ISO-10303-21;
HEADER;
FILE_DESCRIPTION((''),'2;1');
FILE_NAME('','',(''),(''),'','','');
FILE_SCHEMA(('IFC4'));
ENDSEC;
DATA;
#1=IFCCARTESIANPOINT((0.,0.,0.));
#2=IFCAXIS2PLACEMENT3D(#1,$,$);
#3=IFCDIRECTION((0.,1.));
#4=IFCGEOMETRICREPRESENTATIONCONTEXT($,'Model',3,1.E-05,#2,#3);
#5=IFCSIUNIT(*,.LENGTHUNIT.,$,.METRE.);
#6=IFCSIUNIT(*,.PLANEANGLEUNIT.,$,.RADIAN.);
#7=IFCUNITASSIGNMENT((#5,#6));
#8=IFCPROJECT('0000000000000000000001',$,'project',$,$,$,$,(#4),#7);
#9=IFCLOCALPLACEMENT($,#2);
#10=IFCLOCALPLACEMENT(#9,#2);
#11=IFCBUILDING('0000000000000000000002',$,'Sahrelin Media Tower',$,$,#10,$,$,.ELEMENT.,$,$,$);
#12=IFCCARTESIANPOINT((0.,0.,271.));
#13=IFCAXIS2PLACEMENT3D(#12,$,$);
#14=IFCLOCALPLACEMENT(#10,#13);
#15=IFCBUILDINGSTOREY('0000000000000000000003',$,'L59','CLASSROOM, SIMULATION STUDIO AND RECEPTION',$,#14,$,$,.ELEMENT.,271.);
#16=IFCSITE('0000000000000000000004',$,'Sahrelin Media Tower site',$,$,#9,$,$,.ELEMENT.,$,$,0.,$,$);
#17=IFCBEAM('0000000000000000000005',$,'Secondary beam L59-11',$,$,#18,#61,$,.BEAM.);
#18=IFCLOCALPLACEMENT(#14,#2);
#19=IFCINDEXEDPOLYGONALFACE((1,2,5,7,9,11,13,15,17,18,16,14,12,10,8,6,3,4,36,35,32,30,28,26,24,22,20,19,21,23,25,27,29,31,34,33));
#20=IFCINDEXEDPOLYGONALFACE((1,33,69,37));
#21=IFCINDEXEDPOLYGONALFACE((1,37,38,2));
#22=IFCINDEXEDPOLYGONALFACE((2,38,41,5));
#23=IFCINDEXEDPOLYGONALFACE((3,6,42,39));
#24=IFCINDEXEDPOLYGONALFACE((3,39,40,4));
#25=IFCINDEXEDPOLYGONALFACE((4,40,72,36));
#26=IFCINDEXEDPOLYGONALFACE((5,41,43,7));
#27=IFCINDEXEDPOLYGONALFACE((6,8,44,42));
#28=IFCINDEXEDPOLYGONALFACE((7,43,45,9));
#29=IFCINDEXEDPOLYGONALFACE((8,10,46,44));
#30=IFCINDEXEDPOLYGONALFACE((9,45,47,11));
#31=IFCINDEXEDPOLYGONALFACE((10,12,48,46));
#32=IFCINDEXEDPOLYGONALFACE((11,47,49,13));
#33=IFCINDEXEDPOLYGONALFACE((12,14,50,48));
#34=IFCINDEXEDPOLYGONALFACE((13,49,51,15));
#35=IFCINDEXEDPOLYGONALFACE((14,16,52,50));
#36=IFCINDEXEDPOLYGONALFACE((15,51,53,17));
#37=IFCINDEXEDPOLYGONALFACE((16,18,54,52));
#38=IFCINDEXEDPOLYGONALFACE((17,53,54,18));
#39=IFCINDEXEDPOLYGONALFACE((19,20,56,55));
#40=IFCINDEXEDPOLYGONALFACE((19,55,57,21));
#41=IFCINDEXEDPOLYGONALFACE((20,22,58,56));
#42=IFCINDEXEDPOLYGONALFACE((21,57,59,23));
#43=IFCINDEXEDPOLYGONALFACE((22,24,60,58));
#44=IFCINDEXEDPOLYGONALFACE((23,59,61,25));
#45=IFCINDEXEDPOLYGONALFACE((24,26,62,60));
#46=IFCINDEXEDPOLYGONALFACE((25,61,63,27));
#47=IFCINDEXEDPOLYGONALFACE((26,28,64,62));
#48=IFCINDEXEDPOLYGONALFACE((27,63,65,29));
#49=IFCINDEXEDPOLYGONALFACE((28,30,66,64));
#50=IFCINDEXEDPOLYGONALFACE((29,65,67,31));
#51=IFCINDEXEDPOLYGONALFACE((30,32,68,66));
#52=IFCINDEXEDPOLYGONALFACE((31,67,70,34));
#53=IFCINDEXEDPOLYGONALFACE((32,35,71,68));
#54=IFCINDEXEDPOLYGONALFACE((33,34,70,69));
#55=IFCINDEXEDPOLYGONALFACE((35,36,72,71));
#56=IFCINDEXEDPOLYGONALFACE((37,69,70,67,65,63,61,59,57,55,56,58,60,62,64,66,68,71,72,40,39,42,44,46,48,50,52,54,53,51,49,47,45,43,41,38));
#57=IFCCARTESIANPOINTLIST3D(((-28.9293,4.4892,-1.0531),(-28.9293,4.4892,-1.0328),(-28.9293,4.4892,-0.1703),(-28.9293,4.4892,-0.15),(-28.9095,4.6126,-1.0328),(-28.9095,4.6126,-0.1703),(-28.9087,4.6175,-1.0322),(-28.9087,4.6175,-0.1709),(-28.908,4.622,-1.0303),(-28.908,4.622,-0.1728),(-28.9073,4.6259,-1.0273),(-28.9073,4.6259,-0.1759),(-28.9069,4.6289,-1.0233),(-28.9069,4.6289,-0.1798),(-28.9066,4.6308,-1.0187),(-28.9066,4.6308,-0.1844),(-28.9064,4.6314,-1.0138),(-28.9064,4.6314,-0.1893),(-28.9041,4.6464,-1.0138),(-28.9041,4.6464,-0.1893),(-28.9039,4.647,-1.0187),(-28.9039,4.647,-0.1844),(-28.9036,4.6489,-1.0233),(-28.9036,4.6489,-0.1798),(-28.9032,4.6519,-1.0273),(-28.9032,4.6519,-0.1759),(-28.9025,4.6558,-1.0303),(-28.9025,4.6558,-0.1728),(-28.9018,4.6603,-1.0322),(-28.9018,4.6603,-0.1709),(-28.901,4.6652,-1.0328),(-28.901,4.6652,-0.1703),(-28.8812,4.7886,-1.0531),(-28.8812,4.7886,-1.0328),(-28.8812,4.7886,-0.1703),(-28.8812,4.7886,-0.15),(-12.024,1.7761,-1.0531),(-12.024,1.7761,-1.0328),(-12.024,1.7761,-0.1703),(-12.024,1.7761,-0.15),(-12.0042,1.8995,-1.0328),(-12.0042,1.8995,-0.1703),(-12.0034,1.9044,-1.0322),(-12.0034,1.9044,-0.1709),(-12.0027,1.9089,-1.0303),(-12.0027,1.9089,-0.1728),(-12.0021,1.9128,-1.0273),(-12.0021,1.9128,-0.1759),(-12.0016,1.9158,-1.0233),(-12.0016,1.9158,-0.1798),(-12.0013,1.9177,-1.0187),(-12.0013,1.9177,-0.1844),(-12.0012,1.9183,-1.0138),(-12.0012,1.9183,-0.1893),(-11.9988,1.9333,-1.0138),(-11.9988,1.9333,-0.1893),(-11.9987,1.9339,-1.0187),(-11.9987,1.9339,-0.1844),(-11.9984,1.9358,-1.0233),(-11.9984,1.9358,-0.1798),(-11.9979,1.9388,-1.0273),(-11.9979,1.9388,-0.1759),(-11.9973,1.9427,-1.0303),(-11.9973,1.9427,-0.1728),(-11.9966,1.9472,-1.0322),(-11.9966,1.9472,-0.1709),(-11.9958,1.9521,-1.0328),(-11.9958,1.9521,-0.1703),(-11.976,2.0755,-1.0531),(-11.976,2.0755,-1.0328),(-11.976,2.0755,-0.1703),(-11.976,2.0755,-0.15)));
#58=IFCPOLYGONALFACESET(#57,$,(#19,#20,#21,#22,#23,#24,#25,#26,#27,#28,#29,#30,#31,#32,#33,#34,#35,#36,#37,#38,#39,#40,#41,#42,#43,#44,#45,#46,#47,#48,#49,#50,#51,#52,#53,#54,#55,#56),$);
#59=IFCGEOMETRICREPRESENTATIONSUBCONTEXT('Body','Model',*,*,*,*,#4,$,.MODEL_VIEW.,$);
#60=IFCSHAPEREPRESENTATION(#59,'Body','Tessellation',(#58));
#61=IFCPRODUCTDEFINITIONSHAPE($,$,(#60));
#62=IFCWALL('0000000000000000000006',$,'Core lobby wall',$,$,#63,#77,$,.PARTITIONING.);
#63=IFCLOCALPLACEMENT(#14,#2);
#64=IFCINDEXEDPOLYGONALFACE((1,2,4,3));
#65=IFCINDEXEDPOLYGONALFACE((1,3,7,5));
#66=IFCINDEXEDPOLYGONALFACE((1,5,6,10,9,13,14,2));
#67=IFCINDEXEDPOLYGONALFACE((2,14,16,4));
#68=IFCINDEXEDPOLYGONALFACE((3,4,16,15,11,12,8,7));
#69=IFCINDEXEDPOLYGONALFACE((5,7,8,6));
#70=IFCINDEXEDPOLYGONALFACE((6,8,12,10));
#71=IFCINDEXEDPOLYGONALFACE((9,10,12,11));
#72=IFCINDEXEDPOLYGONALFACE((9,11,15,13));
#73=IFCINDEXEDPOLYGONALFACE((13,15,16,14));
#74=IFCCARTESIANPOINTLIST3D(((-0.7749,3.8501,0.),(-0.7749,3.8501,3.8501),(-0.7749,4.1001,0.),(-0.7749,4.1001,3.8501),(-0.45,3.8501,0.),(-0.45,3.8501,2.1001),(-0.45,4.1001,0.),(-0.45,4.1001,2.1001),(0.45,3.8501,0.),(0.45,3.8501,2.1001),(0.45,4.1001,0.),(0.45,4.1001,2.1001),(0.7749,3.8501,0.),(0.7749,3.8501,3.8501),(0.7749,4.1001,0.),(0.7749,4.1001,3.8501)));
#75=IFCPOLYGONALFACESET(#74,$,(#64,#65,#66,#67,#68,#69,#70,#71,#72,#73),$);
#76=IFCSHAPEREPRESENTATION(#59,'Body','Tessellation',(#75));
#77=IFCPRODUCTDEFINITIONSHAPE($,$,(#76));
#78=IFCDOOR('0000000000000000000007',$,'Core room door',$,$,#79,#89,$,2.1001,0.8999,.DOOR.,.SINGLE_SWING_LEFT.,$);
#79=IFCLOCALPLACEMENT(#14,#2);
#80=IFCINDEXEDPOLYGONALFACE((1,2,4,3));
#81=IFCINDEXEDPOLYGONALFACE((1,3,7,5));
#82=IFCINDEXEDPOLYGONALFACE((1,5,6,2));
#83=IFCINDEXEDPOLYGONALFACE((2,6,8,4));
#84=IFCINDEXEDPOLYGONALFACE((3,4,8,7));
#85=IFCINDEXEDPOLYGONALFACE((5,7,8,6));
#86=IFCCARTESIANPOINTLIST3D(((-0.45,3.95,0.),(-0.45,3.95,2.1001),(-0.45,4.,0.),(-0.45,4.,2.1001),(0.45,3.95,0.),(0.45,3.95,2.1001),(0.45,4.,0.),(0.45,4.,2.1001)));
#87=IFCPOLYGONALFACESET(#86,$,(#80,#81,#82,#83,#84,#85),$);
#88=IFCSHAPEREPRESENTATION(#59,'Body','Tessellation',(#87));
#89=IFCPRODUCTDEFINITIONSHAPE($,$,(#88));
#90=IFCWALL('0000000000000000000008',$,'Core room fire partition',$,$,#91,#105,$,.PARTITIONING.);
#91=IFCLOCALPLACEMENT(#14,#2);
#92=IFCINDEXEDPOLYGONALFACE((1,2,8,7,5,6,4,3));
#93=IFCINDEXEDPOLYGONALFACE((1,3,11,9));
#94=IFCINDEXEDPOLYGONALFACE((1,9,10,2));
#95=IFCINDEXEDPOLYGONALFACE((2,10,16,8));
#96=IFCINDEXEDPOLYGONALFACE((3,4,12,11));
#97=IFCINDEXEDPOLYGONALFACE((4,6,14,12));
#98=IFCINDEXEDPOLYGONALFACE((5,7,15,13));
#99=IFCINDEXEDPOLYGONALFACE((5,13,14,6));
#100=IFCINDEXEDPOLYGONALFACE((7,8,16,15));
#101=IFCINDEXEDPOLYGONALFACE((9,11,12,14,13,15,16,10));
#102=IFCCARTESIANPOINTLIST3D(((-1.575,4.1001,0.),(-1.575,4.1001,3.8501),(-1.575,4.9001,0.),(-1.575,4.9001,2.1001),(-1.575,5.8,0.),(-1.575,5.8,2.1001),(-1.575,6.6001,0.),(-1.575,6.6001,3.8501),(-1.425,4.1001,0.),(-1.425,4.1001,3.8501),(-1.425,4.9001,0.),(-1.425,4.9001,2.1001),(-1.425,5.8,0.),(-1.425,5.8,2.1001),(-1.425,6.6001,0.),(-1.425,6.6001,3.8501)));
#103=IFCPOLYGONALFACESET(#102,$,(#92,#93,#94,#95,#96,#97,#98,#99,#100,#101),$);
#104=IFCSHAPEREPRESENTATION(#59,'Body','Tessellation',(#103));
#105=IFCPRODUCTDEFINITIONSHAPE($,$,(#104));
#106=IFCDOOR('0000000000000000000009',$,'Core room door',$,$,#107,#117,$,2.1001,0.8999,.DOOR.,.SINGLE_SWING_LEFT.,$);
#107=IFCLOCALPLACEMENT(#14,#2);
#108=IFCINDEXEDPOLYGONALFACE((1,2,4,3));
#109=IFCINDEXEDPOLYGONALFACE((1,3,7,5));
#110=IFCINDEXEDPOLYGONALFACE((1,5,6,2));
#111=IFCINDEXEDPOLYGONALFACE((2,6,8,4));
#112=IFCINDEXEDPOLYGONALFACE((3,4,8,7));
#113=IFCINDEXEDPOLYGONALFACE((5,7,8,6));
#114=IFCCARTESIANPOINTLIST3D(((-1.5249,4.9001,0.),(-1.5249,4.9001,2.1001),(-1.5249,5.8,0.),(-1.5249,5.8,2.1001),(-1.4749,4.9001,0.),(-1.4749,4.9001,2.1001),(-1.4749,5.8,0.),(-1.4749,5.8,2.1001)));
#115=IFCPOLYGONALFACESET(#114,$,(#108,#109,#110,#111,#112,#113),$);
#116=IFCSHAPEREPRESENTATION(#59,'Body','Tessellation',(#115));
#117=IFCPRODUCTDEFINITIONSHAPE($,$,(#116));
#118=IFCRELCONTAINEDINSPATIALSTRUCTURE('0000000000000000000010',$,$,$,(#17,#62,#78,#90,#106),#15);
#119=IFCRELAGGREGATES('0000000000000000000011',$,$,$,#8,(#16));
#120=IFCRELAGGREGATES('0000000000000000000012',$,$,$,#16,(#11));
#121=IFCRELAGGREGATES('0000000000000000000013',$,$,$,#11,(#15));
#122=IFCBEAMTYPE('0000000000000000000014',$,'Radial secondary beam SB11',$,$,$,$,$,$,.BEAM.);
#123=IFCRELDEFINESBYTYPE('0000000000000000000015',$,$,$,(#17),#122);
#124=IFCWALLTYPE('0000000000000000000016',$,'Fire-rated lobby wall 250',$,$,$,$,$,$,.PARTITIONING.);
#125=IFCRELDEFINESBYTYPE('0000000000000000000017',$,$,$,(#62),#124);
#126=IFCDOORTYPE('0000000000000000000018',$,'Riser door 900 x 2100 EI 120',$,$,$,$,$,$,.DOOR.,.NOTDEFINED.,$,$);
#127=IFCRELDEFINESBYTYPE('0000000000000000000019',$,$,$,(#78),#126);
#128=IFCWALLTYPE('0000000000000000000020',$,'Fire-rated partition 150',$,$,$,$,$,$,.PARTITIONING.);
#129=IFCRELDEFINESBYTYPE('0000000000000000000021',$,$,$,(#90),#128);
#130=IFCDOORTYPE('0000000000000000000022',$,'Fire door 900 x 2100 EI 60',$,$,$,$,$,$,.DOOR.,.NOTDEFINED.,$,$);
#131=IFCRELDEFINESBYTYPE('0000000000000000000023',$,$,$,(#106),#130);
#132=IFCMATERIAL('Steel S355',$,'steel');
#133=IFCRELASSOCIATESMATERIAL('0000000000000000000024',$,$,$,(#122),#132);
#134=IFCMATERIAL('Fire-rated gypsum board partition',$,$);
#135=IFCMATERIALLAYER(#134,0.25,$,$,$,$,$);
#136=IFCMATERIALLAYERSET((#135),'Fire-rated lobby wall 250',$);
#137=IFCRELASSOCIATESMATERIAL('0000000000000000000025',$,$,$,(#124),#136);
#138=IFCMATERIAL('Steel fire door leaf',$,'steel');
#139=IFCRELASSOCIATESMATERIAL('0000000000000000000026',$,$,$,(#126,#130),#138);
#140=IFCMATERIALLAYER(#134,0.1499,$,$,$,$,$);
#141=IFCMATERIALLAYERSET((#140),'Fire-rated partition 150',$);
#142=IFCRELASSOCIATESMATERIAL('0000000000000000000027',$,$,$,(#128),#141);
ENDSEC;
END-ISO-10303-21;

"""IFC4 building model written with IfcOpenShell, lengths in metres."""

from ifc_helpers import new_model, si_unit, direction, frame, frame_2d, origin, origin_2d, place, context, subcontext, project, spatial, rectangle, i_section, extrude, material, layer, layer_set, material_profile, profile_set, type_object, element, fill, save


model = new_model("IFC4")

# Units and contexts
model_context = context("Model", 3, precision=1e-05, world=origin(), true_north=direction((0.0, 1.0)))
body_context = subcontext(model_context, "Body", "Model", "MODEL_VIEW")
ifc_project = project(units=[si_unit("LENGTHUNIT", "METRE"), si_unit("PLANEANGLEUNIT", "RADIAN")], contexts=[model_context])

# Site, building, storey
site_placement = place(None, origin())
site = spatial("IfcSite", under=ifc_project, at=site_placement, Name="Sahrelin Media Tower site", CompositionType="ELEMENT", RefElevation=0.0)
building_placement = place(site_placement, origin())
building = spatial("IfcBuilding", under=site, at=building_placement, Name="Sahrelin Media Tower", CompositionType="ELEMENT")
storey_placement = place(building_placement, frame((0.0, 0.0, 271.0)))
storey = spatial("IfcBuildingStorey", under=building, at=storey_placement, Name="L59", Description="CLASSROOM, SIMULATION STUDIO AND RECEPTION", CompositionType="ELEMENT", Elevation=271.0)

# Beam
ifc_material_1 = material(Name="Steel S355", Category="steel")
ifc_material_profile_1 = material_profile(ifc_material_1, i_section(OverallWidth=0.3032, OverallDepth=0.9031, WebThickness=0.0151, FlangeThickness=0.0203, FilletRadius=0.019, at=origin_2d()), Name="UB 914x305x201")
ifc_profile_set_1 = profile_set([ifc_material_profile_1], Name="Steel S355")
beam_type_1 = type_object("IfcBeamType", Name="Radial secondary beam SB11", PredefinedType="BEAM", material=ifc_profile_set_1)
beam_1_placement = place(storey_placement, frame((-12.0, 1.9258, -0.6016), z_axis=(-0.987365, 0.158463, 0.0), x_axis=(-0.158463, -0.987365, 0.0)))
element("IfcBeam", 1, at=beam_1_placement, inside=storey, type_object=beam_type_1, Name="Secondary beam L59-11", PredefinedType="BEAM", context=body_context, shape_type="SweptSolid", body=[
    extrude(i_section(OverallWidth=0.3032, OverallDepth=0.9031, WebThickness=0.0151, FlangeThickness=0.0203, FilletRadius=0.019, at=origin_2d()), origin(), (0.0, 0.0, 1.0), 17.1216),
])

# Walls, openings, doors
ifc_material_2 = material(Name="Fire-rated gypsum board partition")
ifc_layer_1 = layer(ifc_material_2, 0.25)
ifc_layer_set_1 = layer_set([ifc_layer_1], Name="Fire-rated lobby wall 250")
wall_type_1 = type_object("IfcWallType", Name="Fire-rated lobby wall 250", PredefinedType="PARTITIONING", material=ifc_layer_set_1)
wall_1_placement = place(storey_placement, frame((-0.7749, 3.9751, 0.0), z_axis=(0.0, 0.0, 1.0), x_axis=(1.0, 0.0, 0.0)))
wall_1 = element("IfcWall", 2, at=wall_1_placement, inside=storey, type_object=wall_type_1, Name="Core lobby wall", PredefinedType="PARTITIONING", context=body_context, shape_type="SweptSolid", body=[
    extrude(rectangle(XDim=1.5498, YDim=0.25, at=frame_2d((0.7749, 0.0))), origin(), (0.0, 0.0, 1.0), 3.8501),
])
opening_1_placement = place(wall_1_placement, frame((0.325, 0.0, 0.0)))
opening_1 = element("IfcOpeningElement", 3, at=opening_1_placement, cuts=wall_1, PredefinedType="OPENING", context=body_context, shape_type="SweptSolid", body=[
    extrude(rectangle(XDim=0.8999, YDim=2.1001, at=frame_2d((0.45, 1.05))), frame((0.0, 0.125, 0.0), z_axis=(0.0, -1.0, 0.0), x_axis=(1.0, 0.0, 0.0)), (0.0, 0.0, 1.0), 0.25),
])
ifc_material_3 = material(Name="Steel fire door leaf", Category="steel")
door_type_1 = type_object("IfcDoorType", Name="Riser door 900 x 2100 EI 120", OperationType="NOTDEFINED", PredefinedType="DOOR", material=ifc_material_3)
door_1_placement = place(opening_1_placement, origin())
door_1 = element("IfcDoor", 4, at=door_1_placement, inside=storey, type_object=door_type_1, Name="Core room door", OperationType="SINGLE_SWING_LEFT", OverallHeight=2.1001, OverallWidth=0.8999, PredefinedType="DOOR", context=body_context, shape_type="SweptSolid", body=[
    extrude(rectangle(XDim=0.8999, YDim=2.1001, at=frame_2d((0.45, 1.05))), frame((0.0, 0.0249, 0.0), z_axis=(0.0, -1.0, 0.0), x_axis=(1.0, 0.0, 0.0)), (0.0, 0.0, 1.0), 0.05),
])
fill(opening_1, door_1)
ifc_layer_2 = layer(ifc_material_2, 0.1499)
ifc_layer_set_2 = layer_set([ifc_layer_2], Name="Fire-rated partition 150")
wall_type_2 = type_object("IfcWallType", Name="Fire-rated partition 150", PredefinedType="PARTITIONING", material=ifc_layer_set_2)
wall_2_placement = place(storey_placement, frame((-1.5, 4.1001, 0.0), z_axis=(0.0, 0.0, 1.0), x_axis=(0.0, 1.0, 0.0)))
wall_2 = element("IfcWall", 5, at=wall_2_placement, inside=storey, type_object=wall_type_2, Name="Core room fire partition", PredefinedType="PARTITIONING", context=body_context, shape_type="SweptSolid", body=[
    extrude(rectangle(XDim=2.5, YDim=0.1499, at=frame_2d((1.25, 0.0))), origin(), (0.0, 0.0, 1.0), 3.8501),
])
opening_2_placement = place(wall_2_placement, frame((0.8, 0.0, 0.0)))
opening_2 = element("IfcOpeningElement", 6, at=opening_2_placement, cuts=wall_2, PredefinedType="OPENING", context=body_context, shape_type="SweptSolid", body=[
    extrude(rectangle(XDim=0.8999, YDim=2.1001, at=frame_2d((0.45, 1.05))), frame((0.0, 0.075, 0.0), z_axis=(0.0, -1.0, 0.0), x_axis=(1.0, 0.0, 0.0)), (0.0, 0.0, 1.0), 0.1499),
])
door_type_2 = type_object("IfcDoorType", Name="Fire door 900 x 2100 EI 60", OperationType="NOTDEFINED", PredefinedType="DOOR", material=ifc_material_3)
door_2_placement = place(opening_2_placement, origin())
door_2 = element("IfcDoor", 7, at=door_2_placement, inside=storey, type_object=door_type_2, Name="Core room door", OperationType="SINGLE_SWING_LEFT", OverallHeight=2.1001, OverallWidth=0.8999, PredefinedType="DOOR", context=body_context, shape_type="SweptSolid", body=[
    extrude(rectangle(XDim=0.8999, YDim=2.1001, at=frame_2d((0.45, 1.05))), frame((0.0, 0.0249, 0.0), z_axis=(0.0, -1.0, 0.0), x_axis=(1.0, 0.0, 0.0)), (0.0, 0.0, 1.0), 0.05),
])
fill(opening_2, door_2)

save(model, "model.ifc")
